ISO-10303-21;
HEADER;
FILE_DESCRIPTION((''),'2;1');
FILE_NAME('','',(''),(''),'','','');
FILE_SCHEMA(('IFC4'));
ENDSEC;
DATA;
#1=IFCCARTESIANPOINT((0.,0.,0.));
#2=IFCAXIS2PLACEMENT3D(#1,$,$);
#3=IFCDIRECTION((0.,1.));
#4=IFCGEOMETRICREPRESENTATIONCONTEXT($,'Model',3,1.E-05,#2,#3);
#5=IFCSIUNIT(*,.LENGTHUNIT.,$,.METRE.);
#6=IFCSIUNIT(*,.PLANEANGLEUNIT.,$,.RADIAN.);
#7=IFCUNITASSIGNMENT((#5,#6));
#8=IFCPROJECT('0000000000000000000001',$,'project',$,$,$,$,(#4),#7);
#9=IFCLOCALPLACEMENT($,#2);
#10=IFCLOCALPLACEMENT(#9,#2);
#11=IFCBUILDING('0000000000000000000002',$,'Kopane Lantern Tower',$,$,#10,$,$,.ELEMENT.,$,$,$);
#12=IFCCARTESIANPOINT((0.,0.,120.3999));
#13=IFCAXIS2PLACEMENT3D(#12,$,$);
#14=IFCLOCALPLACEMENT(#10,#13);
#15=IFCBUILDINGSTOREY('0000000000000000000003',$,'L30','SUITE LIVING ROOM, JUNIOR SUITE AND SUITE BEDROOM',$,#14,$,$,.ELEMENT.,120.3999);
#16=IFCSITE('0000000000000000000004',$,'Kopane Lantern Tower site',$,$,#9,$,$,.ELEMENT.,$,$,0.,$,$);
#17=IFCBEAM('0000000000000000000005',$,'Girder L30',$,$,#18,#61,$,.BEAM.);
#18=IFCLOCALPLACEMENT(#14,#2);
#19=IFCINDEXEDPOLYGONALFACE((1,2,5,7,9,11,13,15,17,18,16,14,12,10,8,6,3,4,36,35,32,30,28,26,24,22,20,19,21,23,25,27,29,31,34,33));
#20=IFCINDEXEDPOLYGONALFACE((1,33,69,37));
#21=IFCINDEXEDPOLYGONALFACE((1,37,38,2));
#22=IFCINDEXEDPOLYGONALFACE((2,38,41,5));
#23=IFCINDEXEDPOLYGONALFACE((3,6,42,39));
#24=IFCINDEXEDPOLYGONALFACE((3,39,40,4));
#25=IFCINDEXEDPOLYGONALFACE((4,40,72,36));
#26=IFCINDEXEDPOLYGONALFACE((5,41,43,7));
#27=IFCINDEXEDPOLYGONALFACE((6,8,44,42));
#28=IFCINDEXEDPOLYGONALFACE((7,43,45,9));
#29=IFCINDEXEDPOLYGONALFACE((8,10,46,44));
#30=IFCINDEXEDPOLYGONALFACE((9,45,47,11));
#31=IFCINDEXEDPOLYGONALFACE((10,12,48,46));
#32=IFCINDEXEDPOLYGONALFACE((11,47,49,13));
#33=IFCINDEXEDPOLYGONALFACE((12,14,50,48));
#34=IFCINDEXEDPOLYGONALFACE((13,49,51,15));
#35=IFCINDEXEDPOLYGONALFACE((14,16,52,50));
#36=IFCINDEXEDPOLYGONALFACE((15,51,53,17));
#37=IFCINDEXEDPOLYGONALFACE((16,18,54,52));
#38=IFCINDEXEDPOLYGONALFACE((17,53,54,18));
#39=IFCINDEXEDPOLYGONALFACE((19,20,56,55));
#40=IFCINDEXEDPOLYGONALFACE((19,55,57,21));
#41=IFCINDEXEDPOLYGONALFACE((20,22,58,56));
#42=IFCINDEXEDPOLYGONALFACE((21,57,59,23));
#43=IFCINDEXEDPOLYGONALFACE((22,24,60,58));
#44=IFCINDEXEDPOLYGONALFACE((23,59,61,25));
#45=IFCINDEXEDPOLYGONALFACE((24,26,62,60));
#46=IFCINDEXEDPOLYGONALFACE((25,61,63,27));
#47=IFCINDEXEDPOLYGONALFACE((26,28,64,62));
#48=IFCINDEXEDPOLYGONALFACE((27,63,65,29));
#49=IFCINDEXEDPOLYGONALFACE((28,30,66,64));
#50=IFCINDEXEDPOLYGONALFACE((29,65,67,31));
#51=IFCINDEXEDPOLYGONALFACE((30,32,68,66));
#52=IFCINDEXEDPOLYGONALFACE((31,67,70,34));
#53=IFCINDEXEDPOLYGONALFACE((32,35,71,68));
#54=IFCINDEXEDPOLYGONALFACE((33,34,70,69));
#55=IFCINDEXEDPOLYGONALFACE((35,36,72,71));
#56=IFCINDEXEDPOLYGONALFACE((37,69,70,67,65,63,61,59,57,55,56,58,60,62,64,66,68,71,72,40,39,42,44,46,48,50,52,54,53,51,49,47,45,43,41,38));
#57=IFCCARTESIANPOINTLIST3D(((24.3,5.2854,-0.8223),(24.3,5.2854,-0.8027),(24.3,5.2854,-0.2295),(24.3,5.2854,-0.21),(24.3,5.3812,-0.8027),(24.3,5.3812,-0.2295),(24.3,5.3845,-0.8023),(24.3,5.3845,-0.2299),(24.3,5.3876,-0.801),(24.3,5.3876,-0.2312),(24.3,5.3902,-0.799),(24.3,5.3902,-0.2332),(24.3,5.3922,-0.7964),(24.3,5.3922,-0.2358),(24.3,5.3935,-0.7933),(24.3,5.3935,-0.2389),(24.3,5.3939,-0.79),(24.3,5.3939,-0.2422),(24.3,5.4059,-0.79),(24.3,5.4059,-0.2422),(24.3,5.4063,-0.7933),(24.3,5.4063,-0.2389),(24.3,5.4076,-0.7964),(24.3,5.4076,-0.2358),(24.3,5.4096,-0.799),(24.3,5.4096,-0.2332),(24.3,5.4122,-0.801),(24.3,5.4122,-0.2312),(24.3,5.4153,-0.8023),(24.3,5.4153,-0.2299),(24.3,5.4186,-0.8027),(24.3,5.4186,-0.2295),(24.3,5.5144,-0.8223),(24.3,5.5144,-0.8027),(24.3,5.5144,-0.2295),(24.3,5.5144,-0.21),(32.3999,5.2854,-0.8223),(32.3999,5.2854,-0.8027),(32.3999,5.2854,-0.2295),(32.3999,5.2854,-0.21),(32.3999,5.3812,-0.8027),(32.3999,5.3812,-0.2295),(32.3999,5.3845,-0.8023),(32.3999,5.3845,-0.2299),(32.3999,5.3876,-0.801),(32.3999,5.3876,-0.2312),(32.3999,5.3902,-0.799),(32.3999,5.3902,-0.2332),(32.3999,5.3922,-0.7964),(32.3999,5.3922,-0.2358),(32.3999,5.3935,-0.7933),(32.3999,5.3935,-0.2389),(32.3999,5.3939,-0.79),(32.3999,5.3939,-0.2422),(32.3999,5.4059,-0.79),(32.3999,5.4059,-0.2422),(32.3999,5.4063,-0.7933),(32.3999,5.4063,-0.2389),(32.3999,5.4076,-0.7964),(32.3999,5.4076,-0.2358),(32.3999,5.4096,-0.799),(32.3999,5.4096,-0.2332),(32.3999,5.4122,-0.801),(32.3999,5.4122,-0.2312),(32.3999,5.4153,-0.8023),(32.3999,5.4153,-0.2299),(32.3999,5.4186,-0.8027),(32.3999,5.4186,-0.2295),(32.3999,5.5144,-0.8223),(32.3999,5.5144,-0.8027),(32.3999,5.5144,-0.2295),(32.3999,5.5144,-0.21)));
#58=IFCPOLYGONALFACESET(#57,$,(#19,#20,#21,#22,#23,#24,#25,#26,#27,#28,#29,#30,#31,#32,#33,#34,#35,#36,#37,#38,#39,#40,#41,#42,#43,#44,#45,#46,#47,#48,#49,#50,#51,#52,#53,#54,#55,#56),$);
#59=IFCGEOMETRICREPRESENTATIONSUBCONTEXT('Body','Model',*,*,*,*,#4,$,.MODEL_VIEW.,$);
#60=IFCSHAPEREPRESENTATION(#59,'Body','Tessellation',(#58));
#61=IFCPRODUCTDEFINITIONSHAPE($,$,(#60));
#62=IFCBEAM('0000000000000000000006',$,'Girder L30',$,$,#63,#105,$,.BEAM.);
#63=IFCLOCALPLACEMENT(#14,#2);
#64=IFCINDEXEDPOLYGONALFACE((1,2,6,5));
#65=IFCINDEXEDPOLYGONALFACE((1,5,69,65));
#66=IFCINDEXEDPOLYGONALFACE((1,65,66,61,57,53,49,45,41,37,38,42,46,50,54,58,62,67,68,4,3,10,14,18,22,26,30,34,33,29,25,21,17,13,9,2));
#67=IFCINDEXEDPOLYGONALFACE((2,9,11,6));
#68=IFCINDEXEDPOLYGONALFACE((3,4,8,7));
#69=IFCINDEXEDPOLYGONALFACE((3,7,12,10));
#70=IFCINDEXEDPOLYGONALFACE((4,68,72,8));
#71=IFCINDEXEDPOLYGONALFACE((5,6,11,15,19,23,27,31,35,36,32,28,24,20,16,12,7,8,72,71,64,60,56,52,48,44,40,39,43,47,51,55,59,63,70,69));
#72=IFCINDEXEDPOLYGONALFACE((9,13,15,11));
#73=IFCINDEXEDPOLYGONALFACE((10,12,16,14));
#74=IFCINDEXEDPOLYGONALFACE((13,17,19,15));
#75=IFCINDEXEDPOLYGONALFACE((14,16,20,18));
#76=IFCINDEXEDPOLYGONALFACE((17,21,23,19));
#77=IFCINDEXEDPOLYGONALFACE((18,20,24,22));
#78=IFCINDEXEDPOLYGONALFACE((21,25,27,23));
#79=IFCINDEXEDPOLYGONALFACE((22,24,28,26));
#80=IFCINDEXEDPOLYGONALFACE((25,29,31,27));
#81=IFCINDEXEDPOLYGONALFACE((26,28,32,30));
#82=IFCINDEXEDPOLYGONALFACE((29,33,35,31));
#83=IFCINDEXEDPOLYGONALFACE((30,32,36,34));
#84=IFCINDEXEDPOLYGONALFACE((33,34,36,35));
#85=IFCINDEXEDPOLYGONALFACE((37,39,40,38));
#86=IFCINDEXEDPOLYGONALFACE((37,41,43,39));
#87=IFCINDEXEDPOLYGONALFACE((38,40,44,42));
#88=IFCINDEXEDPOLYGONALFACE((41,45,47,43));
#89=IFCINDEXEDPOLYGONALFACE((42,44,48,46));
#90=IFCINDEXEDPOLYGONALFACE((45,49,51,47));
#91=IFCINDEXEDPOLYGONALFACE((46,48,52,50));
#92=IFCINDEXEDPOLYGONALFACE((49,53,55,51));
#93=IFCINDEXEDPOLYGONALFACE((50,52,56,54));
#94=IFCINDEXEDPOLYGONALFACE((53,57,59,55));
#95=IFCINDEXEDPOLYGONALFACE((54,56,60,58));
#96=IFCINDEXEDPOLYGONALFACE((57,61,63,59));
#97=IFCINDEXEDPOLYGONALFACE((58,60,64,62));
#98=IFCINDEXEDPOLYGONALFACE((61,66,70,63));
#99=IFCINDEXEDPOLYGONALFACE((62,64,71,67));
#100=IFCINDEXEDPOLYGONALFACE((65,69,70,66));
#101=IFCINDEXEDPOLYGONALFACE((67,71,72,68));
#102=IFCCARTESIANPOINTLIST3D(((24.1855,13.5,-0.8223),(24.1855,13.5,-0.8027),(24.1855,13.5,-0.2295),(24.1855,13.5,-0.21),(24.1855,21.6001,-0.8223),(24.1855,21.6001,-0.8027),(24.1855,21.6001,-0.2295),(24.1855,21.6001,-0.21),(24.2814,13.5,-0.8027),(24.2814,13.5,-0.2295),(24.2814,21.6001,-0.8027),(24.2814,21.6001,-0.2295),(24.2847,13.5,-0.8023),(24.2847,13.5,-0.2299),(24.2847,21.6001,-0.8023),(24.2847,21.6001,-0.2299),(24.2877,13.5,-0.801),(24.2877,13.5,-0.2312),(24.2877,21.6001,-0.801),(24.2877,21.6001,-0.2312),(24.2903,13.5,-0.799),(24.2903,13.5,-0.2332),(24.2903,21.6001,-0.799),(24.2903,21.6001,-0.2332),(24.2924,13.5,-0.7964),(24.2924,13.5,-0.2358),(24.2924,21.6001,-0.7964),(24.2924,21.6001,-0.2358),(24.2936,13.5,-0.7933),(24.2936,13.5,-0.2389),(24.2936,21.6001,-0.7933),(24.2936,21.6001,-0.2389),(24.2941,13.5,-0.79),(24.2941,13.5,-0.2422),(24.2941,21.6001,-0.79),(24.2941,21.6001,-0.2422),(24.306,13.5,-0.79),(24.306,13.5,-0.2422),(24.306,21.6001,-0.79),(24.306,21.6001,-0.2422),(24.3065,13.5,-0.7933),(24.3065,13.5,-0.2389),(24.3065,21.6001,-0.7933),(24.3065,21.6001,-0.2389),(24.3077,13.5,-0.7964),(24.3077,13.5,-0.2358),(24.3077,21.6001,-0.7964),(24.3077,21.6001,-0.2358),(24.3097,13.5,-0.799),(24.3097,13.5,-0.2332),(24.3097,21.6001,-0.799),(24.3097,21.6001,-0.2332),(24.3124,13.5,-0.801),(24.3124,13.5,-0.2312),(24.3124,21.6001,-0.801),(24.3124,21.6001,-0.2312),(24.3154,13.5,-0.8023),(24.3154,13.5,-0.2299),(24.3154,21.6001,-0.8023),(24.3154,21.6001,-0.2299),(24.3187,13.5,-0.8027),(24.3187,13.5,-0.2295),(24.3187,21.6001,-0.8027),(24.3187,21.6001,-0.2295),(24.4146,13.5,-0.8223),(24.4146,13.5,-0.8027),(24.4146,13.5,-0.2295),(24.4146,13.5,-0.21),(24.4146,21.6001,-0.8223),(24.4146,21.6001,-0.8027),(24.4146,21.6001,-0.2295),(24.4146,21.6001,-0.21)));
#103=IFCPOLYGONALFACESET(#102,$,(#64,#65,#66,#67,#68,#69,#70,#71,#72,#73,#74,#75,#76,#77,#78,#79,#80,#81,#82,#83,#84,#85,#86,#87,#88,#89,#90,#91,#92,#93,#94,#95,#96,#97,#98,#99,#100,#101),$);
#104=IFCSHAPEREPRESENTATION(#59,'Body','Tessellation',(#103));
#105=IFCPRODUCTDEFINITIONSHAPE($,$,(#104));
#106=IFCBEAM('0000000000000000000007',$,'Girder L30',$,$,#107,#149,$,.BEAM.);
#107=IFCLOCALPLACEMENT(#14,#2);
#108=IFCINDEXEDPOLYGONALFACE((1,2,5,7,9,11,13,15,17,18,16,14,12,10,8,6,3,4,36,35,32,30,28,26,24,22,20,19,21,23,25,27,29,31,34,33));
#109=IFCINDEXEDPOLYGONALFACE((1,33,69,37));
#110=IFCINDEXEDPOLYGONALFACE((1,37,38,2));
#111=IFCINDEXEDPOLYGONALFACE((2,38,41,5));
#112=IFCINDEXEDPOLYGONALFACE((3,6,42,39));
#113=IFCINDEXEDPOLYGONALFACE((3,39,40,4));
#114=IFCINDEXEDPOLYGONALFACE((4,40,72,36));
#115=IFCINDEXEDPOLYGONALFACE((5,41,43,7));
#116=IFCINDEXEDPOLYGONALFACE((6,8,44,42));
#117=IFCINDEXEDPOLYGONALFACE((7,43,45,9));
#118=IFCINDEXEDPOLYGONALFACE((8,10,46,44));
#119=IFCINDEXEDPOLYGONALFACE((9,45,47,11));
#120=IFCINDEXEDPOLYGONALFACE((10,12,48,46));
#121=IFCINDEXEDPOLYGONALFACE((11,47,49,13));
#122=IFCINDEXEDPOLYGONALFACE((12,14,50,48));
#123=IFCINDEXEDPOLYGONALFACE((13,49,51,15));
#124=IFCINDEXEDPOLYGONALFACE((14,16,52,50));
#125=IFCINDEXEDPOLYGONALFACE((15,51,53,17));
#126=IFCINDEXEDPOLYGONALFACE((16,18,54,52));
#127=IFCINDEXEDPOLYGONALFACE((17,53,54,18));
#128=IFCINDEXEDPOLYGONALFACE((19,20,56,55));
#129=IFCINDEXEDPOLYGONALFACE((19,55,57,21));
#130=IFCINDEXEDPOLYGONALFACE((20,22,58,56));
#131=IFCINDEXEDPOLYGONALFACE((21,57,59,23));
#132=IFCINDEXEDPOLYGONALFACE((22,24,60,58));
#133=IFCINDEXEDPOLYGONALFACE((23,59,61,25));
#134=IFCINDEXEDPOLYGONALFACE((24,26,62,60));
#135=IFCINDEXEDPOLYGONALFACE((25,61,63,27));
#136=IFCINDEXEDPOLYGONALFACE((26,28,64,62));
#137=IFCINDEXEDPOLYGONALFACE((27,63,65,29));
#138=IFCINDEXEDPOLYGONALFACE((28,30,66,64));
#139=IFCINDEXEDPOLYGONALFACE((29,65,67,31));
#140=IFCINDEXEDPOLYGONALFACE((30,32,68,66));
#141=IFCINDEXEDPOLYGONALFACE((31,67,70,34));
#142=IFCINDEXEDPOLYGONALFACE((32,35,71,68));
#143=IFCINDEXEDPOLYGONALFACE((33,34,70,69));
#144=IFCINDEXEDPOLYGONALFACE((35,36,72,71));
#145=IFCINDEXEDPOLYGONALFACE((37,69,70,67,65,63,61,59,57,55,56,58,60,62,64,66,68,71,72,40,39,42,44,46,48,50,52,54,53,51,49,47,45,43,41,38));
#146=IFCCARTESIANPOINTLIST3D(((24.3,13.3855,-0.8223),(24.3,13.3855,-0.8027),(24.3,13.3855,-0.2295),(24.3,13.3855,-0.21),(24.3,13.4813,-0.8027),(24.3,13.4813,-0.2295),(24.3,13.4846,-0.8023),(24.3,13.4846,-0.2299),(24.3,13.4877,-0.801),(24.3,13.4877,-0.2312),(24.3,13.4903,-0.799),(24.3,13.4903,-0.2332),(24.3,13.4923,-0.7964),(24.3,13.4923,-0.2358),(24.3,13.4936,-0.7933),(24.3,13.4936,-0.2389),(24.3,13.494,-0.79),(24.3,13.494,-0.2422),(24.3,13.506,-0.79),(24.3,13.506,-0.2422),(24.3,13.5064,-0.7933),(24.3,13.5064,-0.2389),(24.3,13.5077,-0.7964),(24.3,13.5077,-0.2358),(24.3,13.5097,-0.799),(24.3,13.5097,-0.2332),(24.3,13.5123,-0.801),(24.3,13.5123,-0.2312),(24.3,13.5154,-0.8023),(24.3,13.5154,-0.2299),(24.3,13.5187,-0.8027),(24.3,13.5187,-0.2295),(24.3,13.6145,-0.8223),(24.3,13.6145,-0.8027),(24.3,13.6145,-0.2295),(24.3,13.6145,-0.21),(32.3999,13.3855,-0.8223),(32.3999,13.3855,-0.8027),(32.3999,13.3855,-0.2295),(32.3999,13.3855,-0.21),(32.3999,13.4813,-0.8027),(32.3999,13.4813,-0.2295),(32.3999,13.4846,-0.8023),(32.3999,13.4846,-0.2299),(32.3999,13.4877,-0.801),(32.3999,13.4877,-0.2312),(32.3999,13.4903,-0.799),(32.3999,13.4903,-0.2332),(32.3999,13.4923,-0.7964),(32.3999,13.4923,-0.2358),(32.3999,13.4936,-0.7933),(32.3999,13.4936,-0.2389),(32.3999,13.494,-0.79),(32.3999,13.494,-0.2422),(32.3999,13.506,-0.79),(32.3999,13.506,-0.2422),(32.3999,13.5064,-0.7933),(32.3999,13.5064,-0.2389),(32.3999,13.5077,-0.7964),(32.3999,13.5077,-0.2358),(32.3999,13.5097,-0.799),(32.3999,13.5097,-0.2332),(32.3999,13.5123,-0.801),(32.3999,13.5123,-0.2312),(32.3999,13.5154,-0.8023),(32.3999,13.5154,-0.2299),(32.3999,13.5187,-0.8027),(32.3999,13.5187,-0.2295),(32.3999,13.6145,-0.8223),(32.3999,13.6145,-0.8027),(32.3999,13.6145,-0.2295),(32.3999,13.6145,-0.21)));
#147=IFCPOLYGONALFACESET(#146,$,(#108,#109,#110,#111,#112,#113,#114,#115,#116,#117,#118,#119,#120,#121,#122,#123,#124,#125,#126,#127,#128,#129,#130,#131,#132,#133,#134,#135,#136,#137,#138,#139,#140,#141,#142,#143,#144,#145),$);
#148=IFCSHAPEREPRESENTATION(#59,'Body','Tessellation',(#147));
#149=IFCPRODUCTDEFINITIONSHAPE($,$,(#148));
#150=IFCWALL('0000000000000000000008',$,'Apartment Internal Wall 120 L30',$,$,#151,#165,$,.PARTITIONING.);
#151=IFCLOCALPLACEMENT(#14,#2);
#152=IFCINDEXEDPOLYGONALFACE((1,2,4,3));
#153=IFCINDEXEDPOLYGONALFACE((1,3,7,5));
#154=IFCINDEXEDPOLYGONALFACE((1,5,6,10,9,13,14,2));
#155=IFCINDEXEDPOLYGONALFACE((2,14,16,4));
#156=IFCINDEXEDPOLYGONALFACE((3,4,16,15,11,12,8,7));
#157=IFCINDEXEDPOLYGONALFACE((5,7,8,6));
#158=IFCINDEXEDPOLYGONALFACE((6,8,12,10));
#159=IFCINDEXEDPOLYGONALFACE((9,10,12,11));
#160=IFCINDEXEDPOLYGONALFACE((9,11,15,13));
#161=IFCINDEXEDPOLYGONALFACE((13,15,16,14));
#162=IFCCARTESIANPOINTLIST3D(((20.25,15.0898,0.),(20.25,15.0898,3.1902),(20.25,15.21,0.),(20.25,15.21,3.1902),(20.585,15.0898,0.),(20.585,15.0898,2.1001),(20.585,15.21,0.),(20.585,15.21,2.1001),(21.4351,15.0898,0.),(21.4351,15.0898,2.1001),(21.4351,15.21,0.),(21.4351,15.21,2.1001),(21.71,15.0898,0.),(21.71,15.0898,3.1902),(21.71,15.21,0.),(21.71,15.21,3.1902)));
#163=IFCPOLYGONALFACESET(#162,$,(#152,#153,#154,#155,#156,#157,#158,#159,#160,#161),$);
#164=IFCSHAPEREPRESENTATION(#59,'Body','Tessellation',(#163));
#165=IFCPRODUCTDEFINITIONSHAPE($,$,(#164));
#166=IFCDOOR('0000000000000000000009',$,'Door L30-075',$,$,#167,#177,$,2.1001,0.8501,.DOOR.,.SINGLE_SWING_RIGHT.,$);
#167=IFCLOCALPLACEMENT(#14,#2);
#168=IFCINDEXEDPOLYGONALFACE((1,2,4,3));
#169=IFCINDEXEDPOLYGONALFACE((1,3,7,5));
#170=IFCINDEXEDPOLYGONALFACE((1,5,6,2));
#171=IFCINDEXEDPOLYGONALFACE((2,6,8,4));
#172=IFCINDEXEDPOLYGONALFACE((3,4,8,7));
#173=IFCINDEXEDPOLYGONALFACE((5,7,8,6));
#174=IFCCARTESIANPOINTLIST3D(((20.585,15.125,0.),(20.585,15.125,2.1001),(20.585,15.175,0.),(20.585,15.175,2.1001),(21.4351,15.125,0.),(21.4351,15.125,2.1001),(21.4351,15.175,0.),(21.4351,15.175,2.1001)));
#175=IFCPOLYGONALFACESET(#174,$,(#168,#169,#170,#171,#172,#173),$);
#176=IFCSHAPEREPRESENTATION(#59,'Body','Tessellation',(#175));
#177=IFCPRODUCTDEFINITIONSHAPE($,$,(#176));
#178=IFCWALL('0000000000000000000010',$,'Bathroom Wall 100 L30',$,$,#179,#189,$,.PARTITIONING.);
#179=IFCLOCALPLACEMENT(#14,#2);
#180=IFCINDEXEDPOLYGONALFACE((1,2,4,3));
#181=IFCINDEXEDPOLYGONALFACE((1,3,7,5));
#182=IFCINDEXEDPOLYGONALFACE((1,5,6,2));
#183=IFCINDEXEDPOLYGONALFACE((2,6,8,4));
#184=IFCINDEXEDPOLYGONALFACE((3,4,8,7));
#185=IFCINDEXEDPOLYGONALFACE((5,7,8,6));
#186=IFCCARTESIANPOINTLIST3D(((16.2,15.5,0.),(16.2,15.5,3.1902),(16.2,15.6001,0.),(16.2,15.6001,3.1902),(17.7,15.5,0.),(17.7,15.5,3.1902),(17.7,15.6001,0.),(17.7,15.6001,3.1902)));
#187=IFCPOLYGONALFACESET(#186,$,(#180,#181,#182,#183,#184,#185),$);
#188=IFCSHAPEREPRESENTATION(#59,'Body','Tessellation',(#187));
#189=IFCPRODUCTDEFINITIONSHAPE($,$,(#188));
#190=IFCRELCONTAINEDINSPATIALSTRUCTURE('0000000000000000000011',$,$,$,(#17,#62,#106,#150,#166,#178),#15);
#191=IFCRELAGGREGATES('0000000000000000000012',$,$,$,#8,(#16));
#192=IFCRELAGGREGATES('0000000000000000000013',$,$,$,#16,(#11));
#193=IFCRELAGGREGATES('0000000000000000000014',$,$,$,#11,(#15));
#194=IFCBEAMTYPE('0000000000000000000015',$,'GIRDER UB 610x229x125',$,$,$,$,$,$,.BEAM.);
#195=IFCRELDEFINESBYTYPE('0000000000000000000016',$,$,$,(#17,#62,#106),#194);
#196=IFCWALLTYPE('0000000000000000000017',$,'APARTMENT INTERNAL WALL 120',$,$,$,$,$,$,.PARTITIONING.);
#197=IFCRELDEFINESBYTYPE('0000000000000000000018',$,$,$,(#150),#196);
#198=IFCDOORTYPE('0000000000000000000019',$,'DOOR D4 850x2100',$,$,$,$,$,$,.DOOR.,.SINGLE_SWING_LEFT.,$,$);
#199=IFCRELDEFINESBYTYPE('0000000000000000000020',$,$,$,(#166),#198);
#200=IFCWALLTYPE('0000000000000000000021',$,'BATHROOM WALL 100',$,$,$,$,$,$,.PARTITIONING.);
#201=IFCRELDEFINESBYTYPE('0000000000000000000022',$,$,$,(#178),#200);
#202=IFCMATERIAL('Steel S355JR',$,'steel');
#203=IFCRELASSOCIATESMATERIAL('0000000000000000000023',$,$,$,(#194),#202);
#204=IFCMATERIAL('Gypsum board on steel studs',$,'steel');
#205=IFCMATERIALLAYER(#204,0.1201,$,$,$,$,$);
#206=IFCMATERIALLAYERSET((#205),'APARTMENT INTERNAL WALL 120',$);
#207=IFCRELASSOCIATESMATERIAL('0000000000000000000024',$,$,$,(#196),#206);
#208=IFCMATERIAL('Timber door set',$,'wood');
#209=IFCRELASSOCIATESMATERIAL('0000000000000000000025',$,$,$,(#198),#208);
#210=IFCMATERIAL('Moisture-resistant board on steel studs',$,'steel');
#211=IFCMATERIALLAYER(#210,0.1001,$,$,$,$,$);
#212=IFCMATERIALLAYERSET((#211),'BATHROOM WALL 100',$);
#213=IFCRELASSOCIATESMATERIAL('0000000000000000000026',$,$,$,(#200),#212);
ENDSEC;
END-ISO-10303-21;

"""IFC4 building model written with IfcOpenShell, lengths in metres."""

from ifc_helpers import new_model, si_unit, direction, frame, frame_2d, origin, origin_2d, place, context, subcontext, project, spatial, rectangle, i_section, extrude, material, layer, layer_set, material_profile, profile_set, type_object, element, fill, save


model = new_model("IFC4")

# Units and contexts
model_context = context("Model", 3, precision=1e-05, world=origin(), true_north=direction((0.0, 1.0)))
body_context = subcontext(model_context, "Body", "Model", "MODEL_VIEW")
ifc_project = project(units=[si_unit("LENGTHUNIT", "METRE"), si_unit("PLANEANGLEUNIT", "RADIAN")], contexts=[model_context])

# Site, building, storey
site_placement = place(None, origin())
site = spatial("IfcSite", under=ifc_project, at=site_placement, Name="Kopane Lantern Tower site", CompositionType="ELEMENT", RefElevation=0.0)
building_placement = place(site_placement, origin())
building = spatial("IfcBuilding", under=site, at=building_placement, Name="Kopane Lantern Tower", CompositionType="ELEMENT")
storey_placement = place(building_placement, frame((0.0, 0.0, 120.3999)))
storey = spatial("IfcBuildingStorey", under=building, at=storey_placement, Name="L30", Description="SUITE LIVING ROOM, JUNIOR SUITE AND SUITE BEDROOM", CompositionType="ELEMENT", Elevation=120.3999)

# Beams
ifc_material_1 = material(Name="Steel S355JR", Category="steel")
ifc_material_profile_1 = material_profile(ifc_material_1, i_section(OverallWidth=0.229, OverallDepth=0.6123, WebThickness=0.012, FlangeThickness=0.0195, FilletRadius=0.0127, at=origin_2d()), Name="UB 610x229x125")
ifc_profile_set_1 = profile_set([ifc_material_profile_1], Name="Steel S355JR")
beam_type = type_object("IfcBeamType", Name="GIRDER UB 610x229x125", PredefinedType="BEAM", material=ifc_profile_set_1)
beam_1_placement = place(storey_placement, frame((24.3, 5.3999, -0.5161), z_axis=(1.0, 0.0, 0.0), x_axis=(0.0, 1.0, 0.0)))
element("IfcBeam", 1, at=beam_1_placement, inside=storey, type_object=beam_type, Name="Girder L30", PredefinedType="BEAM", context=body_context, shape_type="SweptSolid", body=[
    extrude(i_section(OverallWidth=0.229, OverallDepth=0.6123, WebThickness=0.012, FlangeThickness=0.0195, FilletRadius=0.0127, at=origin_2d()), origin(), (0.0, 0.0, 1.0), 8.0999),
])
beam_2_placement = place(storey_placement, frame((24.3, 13.5, -0.5161), z_axis=(0.0, 1.0, 0.0), x_axis=(-1.0, 0.0, 0.0)))
element("IfcBeam", 2, at=beam_2_placement, inside=storey, type_object=beam_type, Name="Girder L30", PredefinedType="BEAM", context=body_context, shape_type="SweptSolid", body=[
    extrude(i_section(OverallWidth=0.229, OverallDepth=0.6123, WebThickness=0.012, FlangeThickness=0.0195, FilletRadius=0.0127, at=origin_2d()), origin(), (0.0, 0.0, 1.0), 8.1001),
])
beam_3_placement = place(storey_placement, frame((24.3, 13.5, -0.5161), z_axis=(1.0, 0.0, 0.0), x_axis=(0.0, 1.0, 0.0)))
element("IfcBeam", 3, at=beam_3_placement, inside=storey, type_object=beam_type, Name="Girder L30", PredefinedType="BEAM", context=body_context, shape_type="SweptSolid", body=[
    extrude(i_section(OverallWidth=0.229, OverallDepth=0.6123, WebThickness=0.012, FlangeThickness=0.0195, FilletRadius=0.0127, at=origin_2d()), origin(), (0.0, 0.0, 1.0), 8.0999),
])

# Wall, opening, door
ifc_material_2 = material(Name="Gypsum board on steel studs", Category="steel")
ifc_layer_1 = layer(ifc_material_2, 0.1201)
ifc_layer_set_1 = layer_set([ifc_layer_1], Name="APARTMENT INTERNAL WALL 120")
wall_type_1 = type_object("IfcWallType", Name="APARTMENT INTERNAL WALL 120", PredefinedType="PARTITIONING", material=ifc_layer_set_1)
wall_1_placement = place(storey_placement, frame((21.71, 15.1499, 0.0), z_axis=(0.0, 0.0, 1.0), x_axis=(-1.0, 0.0, 0.0)))
wall_1 = element("IfcWall", 4, at=wall_1_placement, inside=storey, type_object=wall_type_1, Name="Apartment Internal Wall 120 L30", PredefinedType="PARTITIONING", context=body_context, shape_type="SweptSolid", body=[
    extrude(rectangle(XDim=1.46, YDim=0.1201, at=frame_2d((0.73, 0.0))), origin(), (0.0, 0.0, 1.0), 3.1902),
])
opening_placement = place(wall_1_placement, frame((0.2749, 0.0, 0.0)))
opening = element("IfcOpeningElement", 5, at=opening_placement, cuts=wall_1, PredefinedType="OPENING", context=body_context, shape_type="SweptSolid", body=[
    extrude(rectangle(XDim=0.8501, YDim=2.1001, at=frame_2d((0.425, 1.05))), frame((0.0, 0.0701, 0.0), z_axis=(0.0, -1.0, 0.0), x_axis=(1.0, 0.0, 0.0)), (0.0, 0.0, 1.0), 0.1401),
])
ifc_material_3 = material(Name="Timber door set", Category="wood")
door_type = type_object("IfcDoorType", Name="DOOR D4 850x2100", OperationType="SINGLE_SWING_LEFT", PredefinedType="DOOR", material=ifc_material_3)
door_placement = place(opening_placement, origin())
door = element("IfcDoor", 6, at=door_placement, inside=storey, type_object=door_type, Name="Door L30-075", OperationType="SINGLE_SWING_RIGHT", OverallHeight=2.1001, OverallWidth=0.8501, PredefinedType="DOOR", context=body_context, shape_type="SweptSolid", body=[
    extrude(rectangle(XDim=0.8501, YDim=2.1001, at=frame_2d((0.425, 1.05))), frame((0.0, 0.0249, 0.0), z_axis=(0.0, -1.0, 0.0), x_axis=(1.0, 0.0, 0.0)), (0.0, 0.0, 1.0), 0.05),
])
fill(opening, door)

# Wall
ifc_material_4 = material(Name="Moisture-resistant board on steel studs", Category="steel")
ifc_layer_2 = layer(ifc_material_4, 0.1001)
ifc_layer_set_2 = layer_set([ifc_layer_2], Name="BATHROOM WALL 100")
wall_type_2 = type_object("IfcWallType", Name="BATHROOM WALL 100", PredefinedType="PARTITIONING", material=ifc_layer_set_2)
wall_2_placement = place(storey_placement, frame((16.2, 15.55, 0.0), z_axis=(0.0, 0.0, 1.0), x_axis=(1.0, 0.0, 0.0)))
element("IfcWall", 7, at=wall_2_placement, inside=storey, type_object=wall_type_2, Name="Bathroom Wall 100 L30", PredefinedType="PARTITIONING", context=body_context, shape_type="SweptSolid", body=[
    extrude(rectangle(XDim=1.5, YDim=0.1001, at=frame_2d((0.75, 0.0))), origin(), (0.0, 0.0, 1.0), 3.1902),
])

save(model, "model.ifc")
